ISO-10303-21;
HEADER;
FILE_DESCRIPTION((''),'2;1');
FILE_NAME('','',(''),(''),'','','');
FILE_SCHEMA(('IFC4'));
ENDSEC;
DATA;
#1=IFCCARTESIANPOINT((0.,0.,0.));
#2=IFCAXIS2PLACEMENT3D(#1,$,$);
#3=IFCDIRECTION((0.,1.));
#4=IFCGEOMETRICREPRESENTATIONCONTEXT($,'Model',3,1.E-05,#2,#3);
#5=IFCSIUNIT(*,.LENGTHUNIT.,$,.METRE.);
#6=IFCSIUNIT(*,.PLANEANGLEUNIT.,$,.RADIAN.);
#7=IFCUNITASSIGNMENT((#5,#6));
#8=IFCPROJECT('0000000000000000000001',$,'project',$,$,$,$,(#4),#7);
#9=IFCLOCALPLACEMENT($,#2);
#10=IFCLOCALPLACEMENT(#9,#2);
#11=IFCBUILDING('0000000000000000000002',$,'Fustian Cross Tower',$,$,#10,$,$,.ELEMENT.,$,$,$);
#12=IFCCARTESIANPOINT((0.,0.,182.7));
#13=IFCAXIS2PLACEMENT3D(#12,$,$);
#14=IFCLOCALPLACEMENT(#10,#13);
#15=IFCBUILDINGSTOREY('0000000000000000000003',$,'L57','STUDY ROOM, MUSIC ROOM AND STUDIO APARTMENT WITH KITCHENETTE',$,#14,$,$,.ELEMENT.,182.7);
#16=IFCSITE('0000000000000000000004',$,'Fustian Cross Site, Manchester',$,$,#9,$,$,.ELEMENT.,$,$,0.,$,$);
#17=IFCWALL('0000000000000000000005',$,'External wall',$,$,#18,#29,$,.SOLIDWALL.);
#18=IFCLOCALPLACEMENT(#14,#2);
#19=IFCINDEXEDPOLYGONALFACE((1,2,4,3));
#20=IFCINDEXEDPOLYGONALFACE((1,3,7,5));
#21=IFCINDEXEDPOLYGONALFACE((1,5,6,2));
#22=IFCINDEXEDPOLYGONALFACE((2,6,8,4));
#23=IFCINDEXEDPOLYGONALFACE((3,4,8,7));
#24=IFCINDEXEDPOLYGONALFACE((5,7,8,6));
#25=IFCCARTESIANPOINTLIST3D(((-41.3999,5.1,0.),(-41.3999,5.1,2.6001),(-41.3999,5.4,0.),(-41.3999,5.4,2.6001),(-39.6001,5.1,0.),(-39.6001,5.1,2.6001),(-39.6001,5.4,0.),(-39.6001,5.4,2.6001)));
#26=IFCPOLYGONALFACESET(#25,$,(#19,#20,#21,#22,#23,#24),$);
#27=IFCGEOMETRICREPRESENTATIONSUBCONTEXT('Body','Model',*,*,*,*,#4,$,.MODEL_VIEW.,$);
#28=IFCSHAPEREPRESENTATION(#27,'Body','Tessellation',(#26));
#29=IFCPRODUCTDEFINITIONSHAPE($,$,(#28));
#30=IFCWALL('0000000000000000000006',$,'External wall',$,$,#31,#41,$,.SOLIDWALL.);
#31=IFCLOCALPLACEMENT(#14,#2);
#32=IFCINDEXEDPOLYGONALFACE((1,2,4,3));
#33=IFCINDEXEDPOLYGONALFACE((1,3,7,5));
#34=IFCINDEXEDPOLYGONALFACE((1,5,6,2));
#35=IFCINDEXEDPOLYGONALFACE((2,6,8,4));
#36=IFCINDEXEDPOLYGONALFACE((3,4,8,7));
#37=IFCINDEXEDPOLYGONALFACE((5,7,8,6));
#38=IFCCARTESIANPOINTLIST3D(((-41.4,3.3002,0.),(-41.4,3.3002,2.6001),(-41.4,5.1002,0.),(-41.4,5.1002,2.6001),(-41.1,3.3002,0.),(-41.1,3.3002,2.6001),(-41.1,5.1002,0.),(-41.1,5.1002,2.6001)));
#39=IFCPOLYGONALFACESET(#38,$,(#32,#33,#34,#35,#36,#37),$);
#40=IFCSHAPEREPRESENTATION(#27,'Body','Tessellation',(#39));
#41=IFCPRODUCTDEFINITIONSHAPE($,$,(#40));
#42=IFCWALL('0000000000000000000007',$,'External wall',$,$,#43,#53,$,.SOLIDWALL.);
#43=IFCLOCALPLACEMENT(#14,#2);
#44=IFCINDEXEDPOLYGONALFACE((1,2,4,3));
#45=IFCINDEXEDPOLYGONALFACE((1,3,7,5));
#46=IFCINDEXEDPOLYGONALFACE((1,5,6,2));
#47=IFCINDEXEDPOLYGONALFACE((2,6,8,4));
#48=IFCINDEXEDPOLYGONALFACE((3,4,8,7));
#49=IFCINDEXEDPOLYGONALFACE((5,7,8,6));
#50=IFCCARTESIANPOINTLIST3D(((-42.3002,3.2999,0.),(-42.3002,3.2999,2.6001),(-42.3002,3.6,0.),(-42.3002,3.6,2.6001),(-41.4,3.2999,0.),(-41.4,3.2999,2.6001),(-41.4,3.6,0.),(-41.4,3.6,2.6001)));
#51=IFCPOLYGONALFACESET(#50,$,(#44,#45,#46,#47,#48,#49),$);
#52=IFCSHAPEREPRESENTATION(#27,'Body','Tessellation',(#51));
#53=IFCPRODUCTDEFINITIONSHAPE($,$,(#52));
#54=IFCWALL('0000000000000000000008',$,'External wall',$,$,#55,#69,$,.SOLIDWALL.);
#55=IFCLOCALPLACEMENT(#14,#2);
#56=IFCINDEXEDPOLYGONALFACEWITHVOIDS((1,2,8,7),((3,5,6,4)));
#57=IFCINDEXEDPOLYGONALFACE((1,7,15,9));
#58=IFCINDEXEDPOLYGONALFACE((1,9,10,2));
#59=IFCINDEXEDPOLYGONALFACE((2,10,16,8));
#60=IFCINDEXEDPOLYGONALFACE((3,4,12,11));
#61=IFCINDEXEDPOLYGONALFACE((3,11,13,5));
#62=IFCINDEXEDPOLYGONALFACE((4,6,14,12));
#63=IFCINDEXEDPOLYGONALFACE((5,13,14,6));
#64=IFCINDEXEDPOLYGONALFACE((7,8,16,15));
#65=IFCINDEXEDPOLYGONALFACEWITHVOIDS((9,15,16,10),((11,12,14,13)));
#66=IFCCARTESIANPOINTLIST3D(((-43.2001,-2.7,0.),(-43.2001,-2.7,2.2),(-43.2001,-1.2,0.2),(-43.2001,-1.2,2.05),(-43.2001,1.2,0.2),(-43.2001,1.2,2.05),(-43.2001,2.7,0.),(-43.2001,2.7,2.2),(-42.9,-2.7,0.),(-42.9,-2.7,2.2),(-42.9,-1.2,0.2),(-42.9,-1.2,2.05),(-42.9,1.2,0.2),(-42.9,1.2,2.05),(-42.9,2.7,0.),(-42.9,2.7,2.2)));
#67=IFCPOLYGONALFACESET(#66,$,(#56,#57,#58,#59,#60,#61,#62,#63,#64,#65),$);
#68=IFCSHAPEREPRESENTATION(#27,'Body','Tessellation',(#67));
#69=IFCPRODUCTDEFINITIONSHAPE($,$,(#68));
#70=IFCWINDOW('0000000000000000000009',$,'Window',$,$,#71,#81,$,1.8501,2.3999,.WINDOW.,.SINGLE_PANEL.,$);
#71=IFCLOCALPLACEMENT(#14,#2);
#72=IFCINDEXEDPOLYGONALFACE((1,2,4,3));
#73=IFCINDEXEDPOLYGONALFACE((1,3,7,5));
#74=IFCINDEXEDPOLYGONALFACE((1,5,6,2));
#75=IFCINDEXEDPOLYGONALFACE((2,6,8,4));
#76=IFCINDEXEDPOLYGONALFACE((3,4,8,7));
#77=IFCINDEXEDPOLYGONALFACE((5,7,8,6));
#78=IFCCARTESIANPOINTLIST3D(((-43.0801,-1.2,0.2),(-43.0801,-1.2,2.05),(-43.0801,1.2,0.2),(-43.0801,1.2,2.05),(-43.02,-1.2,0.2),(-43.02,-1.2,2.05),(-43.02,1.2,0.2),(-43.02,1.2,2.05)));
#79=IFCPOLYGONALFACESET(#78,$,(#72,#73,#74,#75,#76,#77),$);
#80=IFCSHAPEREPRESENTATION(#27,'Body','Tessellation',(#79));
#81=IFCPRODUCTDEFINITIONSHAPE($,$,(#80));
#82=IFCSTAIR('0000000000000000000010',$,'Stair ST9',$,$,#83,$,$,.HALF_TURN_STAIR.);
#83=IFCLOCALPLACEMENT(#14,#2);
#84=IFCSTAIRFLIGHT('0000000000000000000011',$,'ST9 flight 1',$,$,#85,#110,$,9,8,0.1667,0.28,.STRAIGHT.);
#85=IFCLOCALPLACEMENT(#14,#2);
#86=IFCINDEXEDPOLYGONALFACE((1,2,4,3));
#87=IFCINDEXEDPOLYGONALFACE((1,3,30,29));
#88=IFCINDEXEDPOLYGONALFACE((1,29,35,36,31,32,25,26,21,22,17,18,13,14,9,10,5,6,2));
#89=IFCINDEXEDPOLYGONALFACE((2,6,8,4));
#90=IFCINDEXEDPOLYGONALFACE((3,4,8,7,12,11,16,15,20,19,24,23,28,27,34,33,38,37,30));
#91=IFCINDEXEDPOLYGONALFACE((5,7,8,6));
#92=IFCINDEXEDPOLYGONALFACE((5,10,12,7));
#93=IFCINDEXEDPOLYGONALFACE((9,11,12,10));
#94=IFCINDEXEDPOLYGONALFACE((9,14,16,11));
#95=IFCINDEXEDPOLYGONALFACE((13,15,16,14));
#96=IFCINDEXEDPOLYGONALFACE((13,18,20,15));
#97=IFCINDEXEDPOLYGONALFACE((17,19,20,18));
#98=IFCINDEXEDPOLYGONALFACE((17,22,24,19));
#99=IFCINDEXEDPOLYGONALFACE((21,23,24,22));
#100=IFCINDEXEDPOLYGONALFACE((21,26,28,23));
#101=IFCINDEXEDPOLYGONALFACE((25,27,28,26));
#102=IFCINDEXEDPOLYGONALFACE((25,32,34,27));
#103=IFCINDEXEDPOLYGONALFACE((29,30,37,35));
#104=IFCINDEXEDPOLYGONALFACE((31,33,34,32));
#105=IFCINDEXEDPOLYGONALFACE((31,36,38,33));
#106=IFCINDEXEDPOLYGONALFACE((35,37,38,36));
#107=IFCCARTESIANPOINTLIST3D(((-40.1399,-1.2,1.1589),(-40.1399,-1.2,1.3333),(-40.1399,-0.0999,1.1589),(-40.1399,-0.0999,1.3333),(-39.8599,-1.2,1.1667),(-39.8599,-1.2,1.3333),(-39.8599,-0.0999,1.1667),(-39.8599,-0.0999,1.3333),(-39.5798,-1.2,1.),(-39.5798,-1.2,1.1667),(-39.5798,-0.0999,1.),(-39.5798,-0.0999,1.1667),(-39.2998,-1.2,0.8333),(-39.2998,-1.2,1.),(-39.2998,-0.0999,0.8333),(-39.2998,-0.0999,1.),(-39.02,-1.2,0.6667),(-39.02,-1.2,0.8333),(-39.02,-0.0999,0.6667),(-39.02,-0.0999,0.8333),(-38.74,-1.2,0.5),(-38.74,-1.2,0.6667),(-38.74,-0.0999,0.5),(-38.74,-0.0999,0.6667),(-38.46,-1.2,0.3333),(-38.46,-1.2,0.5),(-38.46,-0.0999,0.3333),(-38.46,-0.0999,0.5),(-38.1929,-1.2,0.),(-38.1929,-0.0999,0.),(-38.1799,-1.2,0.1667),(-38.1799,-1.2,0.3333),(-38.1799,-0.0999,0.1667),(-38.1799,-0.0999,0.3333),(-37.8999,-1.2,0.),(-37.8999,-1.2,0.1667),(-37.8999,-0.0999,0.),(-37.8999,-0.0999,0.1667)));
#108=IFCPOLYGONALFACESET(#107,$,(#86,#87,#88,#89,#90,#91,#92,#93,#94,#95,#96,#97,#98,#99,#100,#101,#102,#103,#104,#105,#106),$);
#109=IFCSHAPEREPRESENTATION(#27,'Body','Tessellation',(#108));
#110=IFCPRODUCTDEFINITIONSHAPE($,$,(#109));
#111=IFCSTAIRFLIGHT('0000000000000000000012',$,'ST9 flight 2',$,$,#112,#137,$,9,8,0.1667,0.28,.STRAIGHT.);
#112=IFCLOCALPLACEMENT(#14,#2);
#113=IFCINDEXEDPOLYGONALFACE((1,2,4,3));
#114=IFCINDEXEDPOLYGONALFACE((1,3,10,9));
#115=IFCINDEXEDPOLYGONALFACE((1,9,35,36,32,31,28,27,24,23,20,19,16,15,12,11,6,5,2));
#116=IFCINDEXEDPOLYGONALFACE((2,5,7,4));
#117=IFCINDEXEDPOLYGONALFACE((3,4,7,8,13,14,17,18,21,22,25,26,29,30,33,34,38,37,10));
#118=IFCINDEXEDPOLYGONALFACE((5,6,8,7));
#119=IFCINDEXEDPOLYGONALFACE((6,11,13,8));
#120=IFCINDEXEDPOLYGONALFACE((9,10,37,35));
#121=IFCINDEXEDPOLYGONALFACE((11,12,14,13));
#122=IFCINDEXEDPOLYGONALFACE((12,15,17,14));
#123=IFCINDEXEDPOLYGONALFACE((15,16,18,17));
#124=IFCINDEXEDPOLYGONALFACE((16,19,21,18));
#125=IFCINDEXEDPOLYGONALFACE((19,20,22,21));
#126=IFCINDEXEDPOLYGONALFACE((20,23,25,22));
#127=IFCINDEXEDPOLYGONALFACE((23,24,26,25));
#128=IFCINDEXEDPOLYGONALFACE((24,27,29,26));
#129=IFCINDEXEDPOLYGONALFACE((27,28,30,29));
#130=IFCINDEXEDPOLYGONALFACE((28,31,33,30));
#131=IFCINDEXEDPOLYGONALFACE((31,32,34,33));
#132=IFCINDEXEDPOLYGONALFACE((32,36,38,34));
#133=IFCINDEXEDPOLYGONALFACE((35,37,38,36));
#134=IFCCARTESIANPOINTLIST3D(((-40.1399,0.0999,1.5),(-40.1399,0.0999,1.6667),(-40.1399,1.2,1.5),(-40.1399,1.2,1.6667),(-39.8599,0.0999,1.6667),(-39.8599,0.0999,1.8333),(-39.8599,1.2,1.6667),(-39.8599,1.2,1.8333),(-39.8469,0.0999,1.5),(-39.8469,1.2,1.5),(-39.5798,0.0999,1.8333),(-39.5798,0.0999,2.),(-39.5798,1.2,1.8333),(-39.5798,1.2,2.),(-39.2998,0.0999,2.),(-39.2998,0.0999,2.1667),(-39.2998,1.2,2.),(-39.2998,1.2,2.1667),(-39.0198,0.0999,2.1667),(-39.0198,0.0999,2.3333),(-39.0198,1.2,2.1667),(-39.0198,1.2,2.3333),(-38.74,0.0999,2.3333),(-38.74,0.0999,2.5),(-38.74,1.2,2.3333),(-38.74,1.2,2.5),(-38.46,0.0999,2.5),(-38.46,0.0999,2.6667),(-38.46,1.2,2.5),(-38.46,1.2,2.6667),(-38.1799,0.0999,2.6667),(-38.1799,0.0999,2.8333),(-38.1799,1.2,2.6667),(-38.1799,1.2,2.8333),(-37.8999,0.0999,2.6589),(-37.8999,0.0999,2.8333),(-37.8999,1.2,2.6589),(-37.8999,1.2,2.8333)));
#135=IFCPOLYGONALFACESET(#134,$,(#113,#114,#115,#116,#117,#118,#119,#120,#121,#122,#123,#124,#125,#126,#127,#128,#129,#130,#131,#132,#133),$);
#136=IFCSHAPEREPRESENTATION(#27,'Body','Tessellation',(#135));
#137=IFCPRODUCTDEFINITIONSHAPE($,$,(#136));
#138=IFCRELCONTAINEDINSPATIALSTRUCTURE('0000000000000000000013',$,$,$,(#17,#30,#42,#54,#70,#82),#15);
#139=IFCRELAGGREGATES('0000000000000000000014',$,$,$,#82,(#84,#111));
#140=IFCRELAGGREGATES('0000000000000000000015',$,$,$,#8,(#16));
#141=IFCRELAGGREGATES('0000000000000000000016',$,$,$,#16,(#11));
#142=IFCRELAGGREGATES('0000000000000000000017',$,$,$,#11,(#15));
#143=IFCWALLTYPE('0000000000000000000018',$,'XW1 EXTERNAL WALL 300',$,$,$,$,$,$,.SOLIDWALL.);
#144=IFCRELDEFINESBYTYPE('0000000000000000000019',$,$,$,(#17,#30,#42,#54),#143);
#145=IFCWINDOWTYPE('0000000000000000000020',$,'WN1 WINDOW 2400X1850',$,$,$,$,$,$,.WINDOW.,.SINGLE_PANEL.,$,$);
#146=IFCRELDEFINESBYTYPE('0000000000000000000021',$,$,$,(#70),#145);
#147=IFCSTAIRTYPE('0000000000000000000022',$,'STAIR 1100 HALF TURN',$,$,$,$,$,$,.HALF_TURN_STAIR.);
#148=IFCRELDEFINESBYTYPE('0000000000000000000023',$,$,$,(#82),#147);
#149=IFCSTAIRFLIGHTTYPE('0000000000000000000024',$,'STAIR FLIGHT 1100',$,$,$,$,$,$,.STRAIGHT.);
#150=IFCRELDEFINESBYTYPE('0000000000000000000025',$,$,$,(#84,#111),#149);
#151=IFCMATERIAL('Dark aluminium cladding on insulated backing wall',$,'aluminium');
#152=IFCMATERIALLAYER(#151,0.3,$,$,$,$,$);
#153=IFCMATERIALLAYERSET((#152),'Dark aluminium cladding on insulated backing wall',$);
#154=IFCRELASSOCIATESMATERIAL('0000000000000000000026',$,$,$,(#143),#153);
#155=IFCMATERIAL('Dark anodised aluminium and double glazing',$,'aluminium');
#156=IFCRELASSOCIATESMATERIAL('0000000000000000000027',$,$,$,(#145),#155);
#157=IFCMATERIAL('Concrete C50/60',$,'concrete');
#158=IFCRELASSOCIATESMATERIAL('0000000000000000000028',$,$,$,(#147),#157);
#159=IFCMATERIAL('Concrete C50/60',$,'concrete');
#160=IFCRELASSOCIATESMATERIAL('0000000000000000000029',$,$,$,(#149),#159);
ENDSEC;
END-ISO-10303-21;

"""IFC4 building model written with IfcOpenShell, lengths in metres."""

from ifc_helpers import new_model, si_unit, direction, frame, frame_2d, origin, place, context, subcontext, project, spatial, polyline, rectangle, outline, extrude, material, layer, layer_set, type_object, element, fill, aggregate, save


model = new_model("IFC4")

# Units and contexts
model_context = context("Model", 3, precision=1e-05, world=origin(), true_north=direction((0.0, 1.0)))
body_context = subcontext(model_context, "Body", "Model", "MODEL_VIEW")
ifc_project = project(units=[si_unit("LENGTHUNIT", "METRE"), si_unit("PLANEANGLEUNIT", "RADIAN")], contexts=[model_context])

# Site, building, storey
site_placement = place(None, origin())
site = spatial("IfcSite", under=ifc_project, at=site_placement, Name="Fustian Cross Site, Manchester", CompositionType="ELEMENT", RefElevation=0.0)
building_placement = place(site_placement, origin())
building = spatial("IfcBuilding", under=site, at=building_placement, Name="Fustian Cross Tower", CompositionType="ELEMENT")
storey_placement = place(building_placement, frame((0.0, 0.0, 182.7)))
storey = spatial("IfcBuildingStorey", under=building, at=storey_placement, Name="L57", Description="STUDY ROOM, MUSIC ROOM AND STUDIO APARTMENT WITH KITCHENETTE", CompositionType="ELEMENT", Elevation=182.7)

# Walls
ifc_material_1 = material(Name="Dark aluminium cladding on insulated backing wall", Category="aluminium")
ifc_layer_1 = layer(ifc_material_1, 0.3)
ifc_layer_set_1 = layer_set([ifc_layer_1], Name="Dark aluminium cladding on insulated backing wall")
wall_type_1 = type_object("IfcWallType", Name="XW1 EXTERNAL WALL 300", PredefinedType="SOLIDWALL", material=ifc_layer_set_1)
wall_1_placement = place(storey_placement, frame((-39.6001, 5.25, 0.0), z_axis=(0.0, 0.0, 1.0), x_axis=(-1.0, 0.0, 0.0)))
element("IfcWall", 1, at=wall_1_placement, inside=storey, type_object=wall_type_1, Name="External wall", PredefinedType="SOLIDWALL", context=body_context, shape_type="SweptSolid", body=[
    extrude(rectangle(XDim=1.7998, YDim=0.3, at=frame_2d((0.8999, 0.0))), origin(), (0.0, 0.0, 1.0), 2.6001),
])
wall_2_placement = place(storey_placement, frame((-41.25, 5.1001, 0.0), z_axis=(0.0, 0.0, 1.0), x_axis=(0.0, -1.0, 0.0)))
element("IfcWall", 2, at=wall_2_placement, inside=storey, type_object=wall_type_1, Name="External wall", PredefinedType="SOLIDWALL", context=body_context, shape_type="SweptSolid", body=[
    extrude(rectangle(XDim=1.8, YDim=0.3, at=frame_2d((0.8999, 0.0))), origin(), (0.0, 0.0, 1.0), 2.6001),
])
wall_3_placement = place(storey_placement, frame((-41.3999, 3.45, 0.0), z_axis=(0.0, 0.0, 1.0), x_axis=(-1.0, 0.0, 0.0)))
element("IfcWall", 3, at=wall_3_placement, inside=storey, type_object=wall_type_1, Name="External wall", PredefinedType="SOLIDWALL", context=body_context, shape_type="SweptSolid", body=[
    extrude(rectangle(XDim=0.9001, YDim=0.3, at=frame_2d((0.4502, 0.0))), origin(), (0.0, 0.0, 1.0), 2.6001),
])

# Wall, opening, window
wall_4_placement = place(storey_placement, frame((-43.05, 2.7, 0.0), z_axis=(0.0, 0.0, 1.0), x_axis=(0.0, -1.0, 0.0)))
wall_4 = element("IfcWall", 4, at=wall_4_placement, inside=storey, type_object=wall_type_1, Name="External wall", PredefinedType="SOLIDWALL", context=body_context, shape_type="SweptSolid", body=[
    extrude(rectangle(XDim=5.3999, YDim=0.3, at=frame_2d((2.7, 0.0))), origin(), (0.0, 0.0, 1.0), 2.2),
])
opening_1_placement = place(wall_4_placement, frame((1.5, 0.0, 0.2)))
opening_1 = element("IfcOpeningElement", 5, at=opening_1_placement, cuts=wall_4, PredefinedType="OPENING", context=body_context, shape_type="SweptSolid", body=[
    extrude(rectangle(XDim=2.3999, YDim=1.8501, at=frame_2d((1.2, 0.925))), frame((0.0, 0.1599, 0.0), z_axis=(0.0, -1.0, 0.0), x_axis=(1.0, 0.0, 0.0)), (0.0, 0.0, 1.0), 0.3201),
])
ifc_material_2 = material(Name="Dark anodised aluminium and double glazing", Category="aluminium")
window_type = type_object("IfcWindowType", Name="WN1 WINDOW 2400X1850", PartitioningType="SINGLE_PANEL", PredefinedType="WINDOW", material=ifc_material_2)
window_placement = place(opening_1_placement, origin())
window = element("IfcWindow", 6, at=window_placement, inside=storey, type_object=window_type, Name="Window", OverallHeight=1.8501, OverallWidth=2.3999, PartitioningType="SINGLE_PANEL", PredefinedType="WINDOW", context=body_context, shape_type="SweptSolid", body=[
    extrude(rectangle(XDim=2.3999, YDim=1.8501, at=frame_2d((1.2, 0.925))), frame((0.0, 0.03, 0.0), z_axis=(0.0, -1.0, 0.0), x_axis=(1.0, 0.0, 0.0)), (0.0, 0.0, 1.0), 0.0601),
])
fill(opening_1, window)

# Stair, stair flights
ifc_material_3 = material(Name="Concrete C50/60", Category="concrete")
stair_type = type_object("IfcStairType", Name="STAIR 1100 HALF TURN", PredefinedType="HALF_TURN_STAIR", material=ifc_material_3)
stair_placement = place(storey_placement, origin())
stair = element("IfcStair", 7, at=stair_placement, inside=storey, type_object=stair_type, Name="Stair ST9", PredefinedType="HALF_TURN_STAIR")
ifc_material_4 = material(Name="Concrete C50/60", Category="concrete")
stair_flight_type = type_object("IfcStairFlightType", Name="STAIR FLIGHT 1100", PredefinedType="STRAIGHT", material=ifc_material_4)
stair_flight_1_placement = place(storey_placement, frame((-37.8999, -0.6499, 0.0), z_axis=(0.0, 0.0, 1.0), x_axis=(-1.0, 0.0, 0.0)))
stair_flight_1 = element("IfcStairFlight", 8, at=stair_flight_1_placement, type_object=stair_flight_type, Name="ST9 flight 1", NumberOfRisers=9, NumberOfTreads=8, PredefinedType="STRAIGHT", RiserHeight=0.1667, TreadLength=0.28, context=body_context, shape_type="SweptSolid", body=[
    extrude(outline(polyline([(0.0, 0.0), (0.0, 0.1667), (0.28, 0.1667), (0.28, 0.3333), (0.5601, 0.3333), (0.5601, 0.5), (0.8401, 0.5), (0.8401, 0.6667), (1.1201, 0.6667), (1.1201, 0.8333), (1.3999, 0.8333), (1.3999, 1.0), (1.6799, 1.0), (1.6799, 1.1667), (1.96, 1.1667), (1.96, 1.3333), (2.24, 1.3333), (2.24, 1.5), (2.24, 1.1589), (0.293, 0.0), (0.0, 0.0)])), frame((0.0, 0.55, 0.0), z_axis=(0.0, -1.0, 0.0), x_axis=(1.0, 0.0, 0.0)), (0.0, 0.0, 1.0), 1.1001),
])
stair_flight_2_placement = place(storey_placement, frame((-40.1399, 0.6499, 1.5), z_axis=(0.0, 0.0, 1.0), x_axis=(1.0, 0.0, 0.0)))
stair_flight_2 = element("IfcStairFlight", 9, at=stair_flight_2_placement, type_object=stair_flight_type, Name="ST9 flight 2", NumberOfRisers=9, NumberOfTreads=8, PredefinedType="STRAIGHT", RiserHeight=0.1667, TreadLength=0.28, context=body_context, shape_type="SweptSolid", body=[
    extrude(outline(polyline([(0.0, 0.0), (0.0, 0.1667), (0.28, 0.1667), (0.28, 0.3333), (0.5601, 0.3333), (0.5601, 0.5), (0.8401, 0.5), (0.8401, 0.6667), (1.1201, 0.6667), (1.1201, 0.8333), (1.3999, 0.8333), (1.3999, 1.0), (1.6799, 1.0), (1.6799, 1.1667), (1.96, 1.1667), (1.96, 1.3333), (2.24, 1.3333), (2.24, 1.5), (2.24, 1.1589), (0.293, 0.0), (0.0, 0.0)])), frame((0.0, 0.55, 0.0), z_axis=(0.0, -1.0, 0.0), x_axis=(1.0, 0.0, 0.0)), (0.0, 0.0, 1.0), 1.1001),
])
aggregate(stair, [stair_flight_1, stair_flight_2])

save(model, "model.ifc")
